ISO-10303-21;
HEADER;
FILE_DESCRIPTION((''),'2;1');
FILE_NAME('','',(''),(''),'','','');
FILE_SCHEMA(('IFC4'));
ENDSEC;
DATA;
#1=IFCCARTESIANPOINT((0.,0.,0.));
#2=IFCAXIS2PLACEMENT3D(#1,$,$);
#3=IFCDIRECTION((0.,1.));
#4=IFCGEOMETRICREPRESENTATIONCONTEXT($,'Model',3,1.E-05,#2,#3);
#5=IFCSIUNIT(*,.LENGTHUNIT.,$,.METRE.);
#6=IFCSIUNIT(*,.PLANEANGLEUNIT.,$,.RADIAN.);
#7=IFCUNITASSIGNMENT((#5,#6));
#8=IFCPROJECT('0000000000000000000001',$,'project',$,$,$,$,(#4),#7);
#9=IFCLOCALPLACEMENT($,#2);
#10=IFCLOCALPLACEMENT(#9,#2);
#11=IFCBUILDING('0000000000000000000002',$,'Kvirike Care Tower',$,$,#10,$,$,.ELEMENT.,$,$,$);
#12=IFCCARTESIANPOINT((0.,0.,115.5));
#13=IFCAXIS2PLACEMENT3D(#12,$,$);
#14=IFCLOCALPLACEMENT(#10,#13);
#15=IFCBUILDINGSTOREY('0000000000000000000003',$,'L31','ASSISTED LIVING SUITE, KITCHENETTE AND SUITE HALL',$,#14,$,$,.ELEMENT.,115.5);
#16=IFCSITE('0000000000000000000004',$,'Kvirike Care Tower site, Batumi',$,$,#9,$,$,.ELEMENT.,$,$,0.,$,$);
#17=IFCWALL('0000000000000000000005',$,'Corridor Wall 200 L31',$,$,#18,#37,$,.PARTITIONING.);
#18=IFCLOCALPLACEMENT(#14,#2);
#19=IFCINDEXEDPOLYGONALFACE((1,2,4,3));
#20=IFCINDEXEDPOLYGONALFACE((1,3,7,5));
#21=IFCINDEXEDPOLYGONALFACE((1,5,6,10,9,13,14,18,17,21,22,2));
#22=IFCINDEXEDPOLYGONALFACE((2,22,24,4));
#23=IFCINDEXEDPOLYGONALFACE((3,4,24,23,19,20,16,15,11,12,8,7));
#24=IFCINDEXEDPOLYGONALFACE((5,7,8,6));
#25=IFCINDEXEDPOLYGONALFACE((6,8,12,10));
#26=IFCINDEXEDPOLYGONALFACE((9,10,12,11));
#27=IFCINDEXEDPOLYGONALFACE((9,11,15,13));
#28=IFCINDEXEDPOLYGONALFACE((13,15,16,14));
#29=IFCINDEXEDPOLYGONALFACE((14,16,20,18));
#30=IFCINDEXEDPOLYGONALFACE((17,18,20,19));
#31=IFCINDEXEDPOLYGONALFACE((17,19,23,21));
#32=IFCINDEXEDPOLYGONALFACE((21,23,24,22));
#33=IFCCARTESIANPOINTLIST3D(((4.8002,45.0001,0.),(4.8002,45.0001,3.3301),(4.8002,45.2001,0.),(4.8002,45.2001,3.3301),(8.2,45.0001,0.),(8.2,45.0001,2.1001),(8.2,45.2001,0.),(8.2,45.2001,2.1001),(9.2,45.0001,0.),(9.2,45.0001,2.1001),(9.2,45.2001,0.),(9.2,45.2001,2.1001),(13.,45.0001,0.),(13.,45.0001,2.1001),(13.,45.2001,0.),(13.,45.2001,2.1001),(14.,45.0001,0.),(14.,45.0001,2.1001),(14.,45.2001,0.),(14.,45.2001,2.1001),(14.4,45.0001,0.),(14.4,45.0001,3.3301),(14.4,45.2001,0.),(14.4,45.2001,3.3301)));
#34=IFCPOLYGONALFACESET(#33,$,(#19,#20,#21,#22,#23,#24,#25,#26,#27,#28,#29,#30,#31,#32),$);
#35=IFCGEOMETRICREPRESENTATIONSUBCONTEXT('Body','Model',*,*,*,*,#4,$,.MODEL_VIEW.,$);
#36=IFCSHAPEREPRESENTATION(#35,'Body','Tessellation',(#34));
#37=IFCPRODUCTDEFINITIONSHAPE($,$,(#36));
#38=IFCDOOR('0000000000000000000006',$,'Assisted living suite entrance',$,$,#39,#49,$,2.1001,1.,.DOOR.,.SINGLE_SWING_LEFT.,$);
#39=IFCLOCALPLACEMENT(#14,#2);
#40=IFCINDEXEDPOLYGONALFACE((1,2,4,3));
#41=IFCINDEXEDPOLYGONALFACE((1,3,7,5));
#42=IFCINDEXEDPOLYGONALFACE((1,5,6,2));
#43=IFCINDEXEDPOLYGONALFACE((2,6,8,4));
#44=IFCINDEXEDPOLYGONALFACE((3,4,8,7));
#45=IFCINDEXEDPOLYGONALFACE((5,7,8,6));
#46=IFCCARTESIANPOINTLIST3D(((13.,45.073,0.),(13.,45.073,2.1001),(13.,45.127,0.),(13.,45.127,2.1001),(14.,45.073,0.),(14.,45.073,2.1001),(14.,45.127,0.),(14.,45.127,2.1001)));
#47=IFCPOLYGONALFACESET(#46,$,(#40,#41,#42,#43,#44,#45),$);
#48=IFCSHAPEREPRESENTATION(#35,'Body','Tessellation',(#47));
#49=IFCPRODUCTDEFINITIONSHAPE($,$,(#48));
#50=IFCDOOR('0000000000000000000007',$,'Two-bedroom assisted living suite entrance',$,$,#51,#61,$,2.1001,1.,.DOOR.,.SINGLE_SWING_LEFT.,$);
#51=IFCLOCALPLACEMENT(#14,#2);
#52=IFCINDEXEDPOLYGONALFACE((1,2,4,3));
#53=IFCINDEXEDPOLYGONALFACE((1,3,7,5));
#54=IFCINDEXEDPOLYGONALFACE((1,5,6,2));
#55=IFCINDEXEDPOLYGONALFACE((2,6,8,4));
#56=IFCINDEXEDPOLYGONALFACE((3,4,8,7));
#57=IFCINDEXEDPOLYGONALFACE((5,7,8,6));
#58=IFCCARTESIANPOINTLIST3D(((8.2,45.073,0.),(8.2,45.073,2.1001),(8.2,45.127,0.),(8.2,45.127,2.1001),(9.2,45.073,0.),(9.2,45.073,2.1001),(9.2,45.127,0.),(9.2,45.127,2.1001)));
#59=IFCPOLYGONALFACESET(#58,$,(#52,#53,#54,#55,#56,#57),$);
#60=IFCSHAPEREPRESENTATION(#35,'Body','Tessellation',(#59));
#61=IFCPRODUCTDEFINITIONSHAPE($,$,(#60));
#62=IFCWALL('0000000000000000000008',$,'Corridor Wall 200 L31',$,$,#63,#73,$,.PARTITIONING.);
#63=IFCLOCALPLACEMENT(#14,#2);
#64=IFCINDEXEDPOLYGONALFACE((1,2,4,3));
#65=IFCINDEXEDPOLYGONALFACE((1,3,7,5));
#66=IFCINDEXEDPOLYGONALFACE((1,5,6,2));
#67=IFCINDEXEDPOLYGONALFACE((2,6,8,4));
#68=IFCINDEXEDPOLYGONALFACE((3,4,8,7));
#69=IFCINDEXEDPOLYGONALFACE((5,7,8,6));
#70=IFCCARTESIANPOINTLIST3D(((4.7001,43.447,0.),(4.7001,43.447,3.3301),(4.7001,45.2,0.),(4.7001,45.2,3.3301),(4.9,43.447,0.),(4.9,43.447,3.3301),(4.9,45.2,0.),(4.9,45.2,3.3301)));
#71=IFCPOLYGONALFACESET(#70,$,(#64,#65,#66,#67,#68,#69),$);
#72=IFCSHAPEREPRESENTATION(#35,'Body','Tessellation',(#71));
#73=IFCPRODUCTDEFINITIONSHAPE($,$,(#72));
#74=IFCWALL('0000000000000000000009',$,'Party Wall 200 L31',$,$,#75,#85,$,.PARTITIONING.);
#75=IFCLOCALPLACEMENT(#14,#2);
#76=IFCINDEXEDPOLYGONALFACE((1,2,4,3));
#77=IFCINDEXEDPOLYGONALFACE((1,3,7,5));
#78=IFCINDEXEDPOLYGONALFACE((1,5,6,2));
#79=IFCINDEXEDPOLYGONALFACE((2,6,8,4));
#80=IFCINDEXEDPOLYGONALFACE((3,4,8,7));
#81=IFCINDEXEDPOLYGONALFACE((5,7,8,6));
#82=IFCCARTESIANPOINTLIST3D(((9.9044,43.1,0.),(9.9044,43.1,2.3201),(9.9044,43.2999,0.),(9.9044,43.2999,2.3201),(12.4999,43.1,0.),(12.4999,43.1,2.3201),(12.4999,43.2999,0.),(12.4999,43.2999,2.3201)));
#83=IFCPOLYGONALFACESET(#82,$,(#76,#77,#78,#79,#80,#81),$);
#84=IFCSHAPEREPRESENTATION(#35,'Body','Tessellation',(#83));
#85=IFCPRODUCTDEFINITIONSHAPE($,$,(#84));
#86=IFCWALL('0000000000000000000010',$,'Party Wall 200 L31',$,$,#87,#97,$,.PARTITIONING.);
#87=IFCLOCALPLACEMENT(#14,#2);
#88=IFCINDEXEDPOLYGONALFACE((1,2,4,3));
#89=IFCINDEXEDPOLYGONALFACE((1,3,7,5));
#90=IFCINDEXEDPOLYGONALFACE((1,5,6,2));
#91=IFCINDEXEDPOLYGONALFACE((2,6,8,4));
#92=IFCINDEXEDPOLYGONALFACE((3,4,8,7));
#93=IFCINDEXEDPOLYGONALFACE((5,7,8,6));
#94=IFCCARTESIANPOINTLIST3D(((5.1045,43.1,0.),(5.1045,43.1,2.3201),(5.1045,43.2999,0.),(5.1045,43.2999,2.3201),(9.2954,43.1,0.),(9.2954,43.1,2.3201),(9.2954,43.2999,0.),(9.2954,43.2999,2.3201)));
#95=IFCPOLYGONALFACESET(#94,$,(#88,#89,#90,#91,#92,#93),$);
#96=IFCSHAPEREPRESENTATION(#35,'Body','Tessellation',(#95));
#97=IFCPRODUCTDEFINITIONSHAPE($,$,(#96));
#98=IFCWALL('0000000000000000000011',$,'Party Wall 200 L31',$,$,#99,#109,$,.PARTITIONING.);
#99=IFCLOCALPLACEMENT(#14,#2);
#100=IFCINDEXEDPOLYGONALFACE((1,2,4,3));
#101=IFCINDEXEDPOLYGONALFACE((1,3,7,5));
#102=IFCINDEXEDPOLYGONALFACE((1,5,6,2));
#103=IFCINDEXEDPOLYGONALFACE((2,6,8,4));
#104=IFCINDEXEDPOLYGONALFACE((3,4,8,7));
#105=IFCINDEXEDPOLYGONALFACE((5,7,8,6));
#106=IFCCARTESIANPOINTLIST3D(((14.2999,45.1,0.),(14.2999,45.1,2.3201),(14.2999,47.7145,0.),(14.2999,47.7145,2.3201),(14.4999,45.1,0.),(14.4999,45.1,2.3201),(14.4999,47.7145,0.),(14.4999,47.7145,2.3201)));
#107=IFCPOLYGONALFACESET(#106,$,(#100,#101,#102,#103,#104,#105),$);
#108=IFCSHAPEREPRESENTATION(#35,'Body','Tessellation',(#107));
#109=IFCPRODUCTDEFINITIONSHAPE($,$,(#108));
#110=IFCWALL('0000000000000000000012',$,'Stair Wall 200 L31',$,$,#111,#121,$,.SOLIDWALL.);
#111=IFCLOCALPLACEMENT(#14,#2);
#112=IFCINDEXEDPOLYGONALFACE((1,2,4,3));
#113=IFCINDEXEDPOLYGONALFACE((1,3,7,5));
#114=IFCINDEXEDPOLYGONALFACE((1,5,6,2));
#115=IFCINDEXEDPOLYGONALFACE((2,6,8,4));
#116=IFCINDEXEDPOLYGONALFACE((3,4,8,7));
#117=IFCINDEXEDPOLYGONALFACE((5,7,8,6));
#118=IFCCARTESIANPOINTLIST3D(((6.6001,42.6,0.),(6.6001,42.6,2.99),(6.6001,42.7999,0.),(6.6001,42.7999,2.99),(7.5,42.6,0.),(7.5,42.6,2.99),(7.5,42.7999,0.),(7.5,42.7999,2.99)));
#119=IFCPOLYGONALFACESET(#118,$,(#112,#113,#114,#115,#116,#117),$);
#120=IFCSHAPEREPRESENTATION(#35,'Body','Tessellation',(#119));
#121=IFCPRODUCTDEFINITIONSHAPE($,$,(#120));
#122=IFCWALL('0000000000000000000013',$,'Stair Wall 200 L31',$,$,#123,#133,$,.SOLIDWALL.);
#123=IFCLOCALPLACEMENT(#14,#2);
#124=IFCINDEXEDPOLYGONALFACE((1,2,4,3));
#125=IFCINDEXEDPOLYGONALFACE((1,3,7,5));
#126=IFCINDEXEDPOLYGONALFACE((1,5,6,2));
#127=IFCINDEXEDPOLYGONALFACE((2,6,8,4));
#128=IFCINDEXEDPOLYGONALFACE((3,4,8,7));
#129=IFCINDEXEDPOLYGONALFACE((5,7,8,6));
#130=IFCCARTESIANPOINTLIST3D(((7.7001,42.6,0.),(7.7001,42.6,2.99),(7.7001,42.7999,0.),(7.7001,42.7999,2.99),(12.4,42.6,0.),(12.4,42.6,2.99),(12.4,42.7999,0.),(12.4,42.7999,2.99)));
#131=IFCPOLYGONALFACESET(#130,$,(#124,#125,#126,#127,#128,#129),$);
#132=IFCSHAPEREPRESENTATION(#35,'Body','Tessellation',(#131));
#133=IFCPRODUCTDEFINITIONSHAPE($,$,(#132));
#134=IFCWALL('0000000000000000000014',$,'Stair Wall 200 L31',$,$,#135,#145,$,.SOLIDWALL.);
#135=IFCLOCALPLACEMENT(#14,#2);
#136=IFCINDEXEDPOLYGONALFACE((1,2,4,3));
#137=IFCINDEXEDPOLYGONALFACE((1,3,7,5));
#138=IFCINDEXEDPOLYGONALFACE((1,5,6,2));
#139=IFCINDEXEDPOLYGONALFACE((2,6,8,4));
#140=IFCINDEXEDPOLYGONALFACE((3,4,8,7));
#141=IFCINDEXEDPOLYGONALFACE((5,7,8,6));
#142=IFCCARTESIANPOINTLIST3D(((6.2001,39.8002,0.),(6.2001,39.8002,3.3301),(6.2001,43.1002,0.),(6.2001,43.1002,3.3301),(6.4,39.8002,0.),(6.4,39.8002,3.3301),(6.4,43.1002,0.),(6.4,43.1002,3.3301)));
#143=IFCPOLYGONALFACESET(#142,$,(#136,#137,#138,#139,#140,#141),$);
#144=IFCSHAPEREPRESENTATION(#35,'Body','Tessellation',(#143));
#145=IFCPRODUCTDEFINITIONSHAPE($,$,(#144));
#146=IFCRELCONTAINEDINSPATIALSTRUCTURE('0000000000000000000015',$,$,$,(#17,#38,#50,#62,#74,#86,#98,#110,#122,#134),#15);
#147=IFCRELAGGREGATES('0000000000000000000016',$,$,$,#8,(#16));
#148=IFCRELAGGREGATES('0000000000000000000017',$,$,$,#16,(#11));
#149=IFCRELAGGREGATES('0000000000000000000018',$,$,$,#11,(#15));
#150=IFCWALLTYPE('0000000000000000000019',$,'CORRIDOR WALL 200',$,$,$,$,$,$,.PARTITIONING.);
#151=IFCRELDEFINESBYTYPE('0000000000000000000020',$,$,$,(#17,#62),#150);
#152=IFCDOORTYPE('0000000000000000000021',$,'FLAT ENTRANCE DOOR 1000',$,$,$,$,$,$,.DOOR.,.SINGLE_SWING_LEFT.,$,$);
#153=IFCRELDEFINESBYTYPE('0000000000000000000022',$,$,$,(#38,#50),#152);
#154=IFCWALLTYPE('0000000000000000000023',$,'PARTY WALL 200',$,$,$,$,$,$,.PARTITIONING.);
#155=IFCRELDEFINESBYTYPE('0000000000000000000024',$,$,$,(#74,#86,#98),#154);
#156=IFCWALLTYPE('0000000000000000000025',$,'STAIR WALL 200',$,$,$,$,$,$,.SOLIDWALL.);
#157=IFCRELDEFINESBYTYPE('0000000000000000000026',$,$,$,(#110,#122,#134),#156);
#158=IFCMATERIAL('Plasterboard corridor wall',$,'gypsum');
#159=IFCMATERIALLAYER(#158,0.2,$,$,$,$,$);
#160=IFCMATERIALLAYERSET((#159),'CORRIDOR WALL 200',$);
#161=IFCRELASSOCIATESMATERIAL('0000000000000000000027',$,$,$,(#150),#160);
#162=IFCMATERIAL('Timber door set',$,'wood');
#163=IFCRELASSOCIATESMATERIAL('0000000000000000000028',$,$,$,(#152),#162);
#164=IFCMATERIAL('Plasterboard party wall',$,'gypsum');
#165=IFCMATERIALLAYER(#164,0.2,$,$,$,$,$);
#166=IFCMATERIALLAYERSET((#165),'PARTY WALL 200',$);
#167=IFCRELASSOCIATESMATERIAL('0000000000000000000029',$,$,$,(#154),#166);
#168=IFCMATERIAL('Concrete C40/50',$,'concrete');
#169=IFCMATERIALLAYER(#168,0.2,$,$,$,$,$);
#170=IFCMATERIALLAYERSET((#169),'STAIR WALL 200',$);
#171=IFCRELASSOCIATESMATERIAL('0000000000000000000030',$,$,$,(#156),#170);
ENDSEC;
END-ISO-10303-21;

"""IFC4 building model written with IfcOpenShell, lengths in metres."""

from ifc_helpers import new_model, si_unit, direction, frame, frame_2d, origin, place, context, subcontext, project, spatial, rectangle, extrude, material, layer, layer_set, type_object, element, fill, save


model = new_model("IFC4")

# Units and contexts
model_context = context("Model", 3, precision=1e-05, world=origin(), true_north=direction((0.0, 1.0)))
body_context = subcontext(model_context, "Body", "Model", "MODEL_VIEW")
ifc_project = project(units=[si_unit("LENGTHUNIT", "METRE"), si_unit("PLANEANGLEUNIT", "RADIAN")], contexts=[model_context])

# Site, building, storey
site_placement = place(None, origin())
site = spatial("IfcSite", under=ifc_project, at=site_placement, Name="Kvirike Care Tower site, Batumi", CompositionType="ELEMENT", RefElevation=0.0)
building_placement = place(site_placement, origin())
building = spatial("IfcBuilding", under=site, at=building_placement, Name="Kvirike Care Tower", CompositionType="ELEMENT")
storey_placement = place(building_placement, frame((0.0, 0.0, 115.5)))
storey = spatial("IfcBuildingStorey", under=building, at=storey_placement, Name="L31", Description="ASSISTED LIVING SUITE, KITCHENETTE AND SUITE HALL", CompositionType="ELEMENT", Elevation=115.5)

# Wall, openings, doors
ifc_material_1 = material(Name="Plasterboard corridor wall", Category="gypsum")
ifc_layer_1 = layer(ifc_material_1, 0.2)
ifc_layer_set_1 = layer_set([ifc_layer_1], Name="CORRIDOR WALL 200")
wall_type_1 = type_object("IfcWallType", Name="CORRIDOR WALL 200", PredefinedType="PARTITIONING", material=ifc_layer_set_1)
ifc_material_2 = material(Name="Timber door set", Category="wood")
door_type_1 = type_object("IfcDoorType", Name="FLAT ENTRANCE DOOR 1000", OperationType="SINGLE_SWING_LEFT", PredefinedType="DOOR", material=ifc_material_2)
wall_1_placement = place(storey_placement, frame((14.3999, 45.1001, 0.0), z_axis=(0.0, 0.0, 1.0), x_axis=(-1.0, 0.0, 0.0)))
wall_1 = element("IfcWall", 1, at=wall_1_placement, inside=storey, type_object=wall_type_1, Name="Corridor Wall 200 L31", PredefinedType="PARTITIONING", context=body_context, shape_type="SweptSolid", body=[
    extrude(rectangle(XDim=9.5999, YDim=0.2, at=frame_2d((4.7998, 0.0))), origin(), (0.0, 0.0, 1.0), 3.3301),
])
opening_1_placement = place(wall_1_placement, frame((0.3999, 0.0, 0.0)))
opening_1 = element("IfcOpeningElement", 2, at=opening_1_placement, cuts=wall_1, PredefinedType="OPENING", context=body_context, shape_type="SweptSolid", body=[
    extrude(rectangle(XDim=1.0, YDim=2.1001, at=frame_2d((0.5, 1.05))), frame((0.0, 0.1106, 0.0), z_axis=(0.0, -1.0, 0.0), x_axis=(1.0, 0.0, 0.0)), (0.0, 0.0, 1.0), 0.2209),
])
opening_2_placement = place(wall_1_placement, frame((5.2, 0.0, 0.0)))
opening_2 = element("IfcOpeningElement", 3, at=opening_2_placement, cuts=wall_1, PredefinedType="OPENING", context=body_context, shape_type="SweptSolid", body=[
    extrude(rectangle(XDim=1.0, YDim=2.1001, at=frame_2d((0.5, 1.05))), frame((0.0, 0.1106, 0.0), z_axis=(0.0, -1.0, 0.0), x_axis=(1.0, 0.0, 0.0)), (0.0, 0.0, 1.0), 0.2209),
])
door_1_placement = place(opening_1_placement, frame((1.0, 0.0, 0.0), z_axis=(0.0, 0.0, 1.0), x_axis=(-1.0, 0.0, 0.0)))
door_1 = element("IfcDoor", 4, at=door_1_placement, inside=storey, type_object=door_type_1, Name="Assisted living suite entrance", OperationType="SINGLE_SWING_LEFT", OverallHeight=2.1001, OverallWidth=1.0, PredefinedType="DOOR", context=body_context, shape_type="SweptSolid", body=[
    extrude(rectangle(XDim=1.0, YDim=2.1001, at=frame_2d((0.5, 1.05))), frame((0.0, 0.0269, 0.0), z_axis=(0.0, -1.0, 0.0), x_axis=(1.0, 0.0, 0.0)), (0.0, 0.0, 1.0), 0.054),
])
fill(opening_1, door_1)
door_2_placement = place(opening_2_placement, frame((1.0, 0.0, 0.0), z_axis=(0.0, 0.0, 1.0), x_axis=(-1.0, 0.0, 0.0)))
door_2 = element("IfcDoor", 5, at=door_2_placement, inside=storey, type_object=door_type_1, Name="Two-bedroom assisted living suite entrance", OperationType="SINGLE_SWING_LEFT", OverallHeight=2.1001, OverallWidth=1.0, PredefinedType="DOOR", context=body_context, shape_type="SweptSolid", body=[
    extrude(rectangle(XDim=1.0, YDim=2.1001, at=frame_2d((0.5, 1.05))), frame((0.0, 0.0269, 0.0), z_axis=(0.0, -1.0, 0.0), x_axis=(1.0, 0.0, 0.0)), (0.0, 0.0, 1.0), 0.054),
])
fill(opening_2, door_2)

# Walls
wall_2_placement = place(storey_placement, frame((4.8, 45.2, 0.0), z_axis=(0.0, 0.0, 1.0), x_axis=(0.0, -1.0, 0.0)))
element("IfcWall", 6, at=wall_2_placement, inside=storey, type_object=wall_type_1, Name="Corridor Wall 200 L31", PredefinedType="PARTITIONING", context=body_context, shape_type="SweptSolid", body=[
    extrude(rectangle(XDim=1.7529, YDim=0.2, at=frame_2d((0.8765, 0.0))), origin(), (0.0, 0.0, 1.0), 3.3301),
])
ifc_material_3 = material(Name="Plasterboard party wall", Category="gypsum")
ifc_layer_2 = layer(ifc_material_3, 0.2)
ifc_layer_set_2 = layer_set([ifc_layer_2], Name="PARTY WALL 200")
wall_type_2 = type_object("IfcWallType", Name="PARTY WALL 200", PredefinedType="PARTITIONING", material=ifc_layer_set_2)
wall_3_placement = place(storey_placement, frame((12.5, 43.2, 0.0), z_axis=(0.0, 0.0, 1.0), x_axis=(-1.0, 0.0, 0.0)))
element("IfcWall", 7, at=wall_3_placement, inside=storey, type_object=wall_type_2, Name="Party Wall 200 L31", PredefinedType="PARTITIONING", context=body_context, shape_type="SweptSolid", body=[
    extrude(rectangle(XDim=2.5955, YDim=0.2, at=frame_2d((1.2979, 0.0))), origin(), (0.0, 0.0, 1.0), 2.3201),
])
wall_4_placement = place(storey_placement, frame((9.2954, 43.2, 0.0), z_axis=(0.0, 0.0, 1.0), x_axis=(-1.0, 0.0, 0.0)))
element("IfcWall", 8, at=wall_4_placement, inside=storey, type_object=wall_type_2, Name="Party Wall 200 L31", PredefinedType="PARTITIONING", context=body_context, shape_type="SweptSolid", body=[
    extrude(rectangle(XDim=4.1909, YDim=0.2, at=frame_2d((2.0955, 0.0))), origin(), (0.0, 0.0, 1.0), 2.3201),
])
wall_5_placement = place(storey_placement, frame((14.3999, 45.1001, 0.0), z_axis=(0.0, 0.0, 1.0), x_axis=(0.0, 1.0, 0.0)))
element("IfcWall", 9, at=wall_5_placement, inside=storey, type_object=wall_type_2, Name="Party Wall 200 L31", PredefinedType="PARTITIONING", context=body_context, shape_type="SweptSolid", body=[
    extrude(rectangle(XDim=2.6145, YDim=0.2, at=frame_2d((1.3071, 0.0))), origin(), (0.0, 0.0, 1.0), 2.3201),
])
ifc_material_4 = material(Name="Concrete C40/50", Category="concrete")
ifc_layer_3 = layer(ifc_material_4, 0.2)
ifc_layer_set_3 = layer_set([ifc_layer_3], Name="STAIR WALL 200")
wall_type_3 = type_object("IfcWallType", Name="STAIR WALL 200", PredefinedType="SOLIDWALL", material=ifc_layer_set_3)
wall_6_placement = place(storey_placement, frame((6.6001, 42.7, 0.0), z_axis=(0.0, 0.0, 1.0), x_axis=(1.0, 0.0, 0.0)))
element("IfcWall", 10, at=wall_6_placement, inside=storey, type_object=wall_type_3, Name="Stair Wall 200 L31", PredefinedType="SOLIDWALL", context=body_context, shape_type="SweptSolid", body=[
    extrude(rectangle(XDim=0.8999, YDim=0.2, at=frame_2d((0.45, 0.0))), origin(), (0.0, 0.0, 1.0), 2.99),
])
wall_7_placement = place(storey_placement, frame((7.7, 42.7, 0.0), z_axis=(0.0, 0.0, 1.0), x_axis=(1.0, 0.0, 0.0)))
element("IfcWall", 11, at=wall_7_placement, inside=storey, type_object=wall_type_3, Name="Stair Wall 200 L31", PredefinedType="SOLIDWALL", context=body_context, shape_type="SweptSolid", body=[
    extrude(rectangle(XDim=4.7, YDim=0.2, at=frame_2d((2.3501, 0.0))), origin(), (0.0, 0.0, 1.0), 2.99),
])
wall_8_placement = place(storey_placement, frame((6.3, 43.1001, 0.0), z_axis=(0.0, 0.0, 1.0), x_axis=(0.0, -1.0, 0.0)))
element("IfcWall", 12, at=wall_8_placement, inside=storey, type_object=wall_type_3, Name="Stair Wall 200 L31", PredefinedType="SOLIDWALL", context=body_context, shape_type="SweptSolid", body=[
    extrude(rectangle(XDim=3.3, YDim=0.2, at=frame_2d((1.6499, 0.0))), origin(), (0.0, 0.0, 1.0), 3.3301),
])

save(model, "model.ifc")
